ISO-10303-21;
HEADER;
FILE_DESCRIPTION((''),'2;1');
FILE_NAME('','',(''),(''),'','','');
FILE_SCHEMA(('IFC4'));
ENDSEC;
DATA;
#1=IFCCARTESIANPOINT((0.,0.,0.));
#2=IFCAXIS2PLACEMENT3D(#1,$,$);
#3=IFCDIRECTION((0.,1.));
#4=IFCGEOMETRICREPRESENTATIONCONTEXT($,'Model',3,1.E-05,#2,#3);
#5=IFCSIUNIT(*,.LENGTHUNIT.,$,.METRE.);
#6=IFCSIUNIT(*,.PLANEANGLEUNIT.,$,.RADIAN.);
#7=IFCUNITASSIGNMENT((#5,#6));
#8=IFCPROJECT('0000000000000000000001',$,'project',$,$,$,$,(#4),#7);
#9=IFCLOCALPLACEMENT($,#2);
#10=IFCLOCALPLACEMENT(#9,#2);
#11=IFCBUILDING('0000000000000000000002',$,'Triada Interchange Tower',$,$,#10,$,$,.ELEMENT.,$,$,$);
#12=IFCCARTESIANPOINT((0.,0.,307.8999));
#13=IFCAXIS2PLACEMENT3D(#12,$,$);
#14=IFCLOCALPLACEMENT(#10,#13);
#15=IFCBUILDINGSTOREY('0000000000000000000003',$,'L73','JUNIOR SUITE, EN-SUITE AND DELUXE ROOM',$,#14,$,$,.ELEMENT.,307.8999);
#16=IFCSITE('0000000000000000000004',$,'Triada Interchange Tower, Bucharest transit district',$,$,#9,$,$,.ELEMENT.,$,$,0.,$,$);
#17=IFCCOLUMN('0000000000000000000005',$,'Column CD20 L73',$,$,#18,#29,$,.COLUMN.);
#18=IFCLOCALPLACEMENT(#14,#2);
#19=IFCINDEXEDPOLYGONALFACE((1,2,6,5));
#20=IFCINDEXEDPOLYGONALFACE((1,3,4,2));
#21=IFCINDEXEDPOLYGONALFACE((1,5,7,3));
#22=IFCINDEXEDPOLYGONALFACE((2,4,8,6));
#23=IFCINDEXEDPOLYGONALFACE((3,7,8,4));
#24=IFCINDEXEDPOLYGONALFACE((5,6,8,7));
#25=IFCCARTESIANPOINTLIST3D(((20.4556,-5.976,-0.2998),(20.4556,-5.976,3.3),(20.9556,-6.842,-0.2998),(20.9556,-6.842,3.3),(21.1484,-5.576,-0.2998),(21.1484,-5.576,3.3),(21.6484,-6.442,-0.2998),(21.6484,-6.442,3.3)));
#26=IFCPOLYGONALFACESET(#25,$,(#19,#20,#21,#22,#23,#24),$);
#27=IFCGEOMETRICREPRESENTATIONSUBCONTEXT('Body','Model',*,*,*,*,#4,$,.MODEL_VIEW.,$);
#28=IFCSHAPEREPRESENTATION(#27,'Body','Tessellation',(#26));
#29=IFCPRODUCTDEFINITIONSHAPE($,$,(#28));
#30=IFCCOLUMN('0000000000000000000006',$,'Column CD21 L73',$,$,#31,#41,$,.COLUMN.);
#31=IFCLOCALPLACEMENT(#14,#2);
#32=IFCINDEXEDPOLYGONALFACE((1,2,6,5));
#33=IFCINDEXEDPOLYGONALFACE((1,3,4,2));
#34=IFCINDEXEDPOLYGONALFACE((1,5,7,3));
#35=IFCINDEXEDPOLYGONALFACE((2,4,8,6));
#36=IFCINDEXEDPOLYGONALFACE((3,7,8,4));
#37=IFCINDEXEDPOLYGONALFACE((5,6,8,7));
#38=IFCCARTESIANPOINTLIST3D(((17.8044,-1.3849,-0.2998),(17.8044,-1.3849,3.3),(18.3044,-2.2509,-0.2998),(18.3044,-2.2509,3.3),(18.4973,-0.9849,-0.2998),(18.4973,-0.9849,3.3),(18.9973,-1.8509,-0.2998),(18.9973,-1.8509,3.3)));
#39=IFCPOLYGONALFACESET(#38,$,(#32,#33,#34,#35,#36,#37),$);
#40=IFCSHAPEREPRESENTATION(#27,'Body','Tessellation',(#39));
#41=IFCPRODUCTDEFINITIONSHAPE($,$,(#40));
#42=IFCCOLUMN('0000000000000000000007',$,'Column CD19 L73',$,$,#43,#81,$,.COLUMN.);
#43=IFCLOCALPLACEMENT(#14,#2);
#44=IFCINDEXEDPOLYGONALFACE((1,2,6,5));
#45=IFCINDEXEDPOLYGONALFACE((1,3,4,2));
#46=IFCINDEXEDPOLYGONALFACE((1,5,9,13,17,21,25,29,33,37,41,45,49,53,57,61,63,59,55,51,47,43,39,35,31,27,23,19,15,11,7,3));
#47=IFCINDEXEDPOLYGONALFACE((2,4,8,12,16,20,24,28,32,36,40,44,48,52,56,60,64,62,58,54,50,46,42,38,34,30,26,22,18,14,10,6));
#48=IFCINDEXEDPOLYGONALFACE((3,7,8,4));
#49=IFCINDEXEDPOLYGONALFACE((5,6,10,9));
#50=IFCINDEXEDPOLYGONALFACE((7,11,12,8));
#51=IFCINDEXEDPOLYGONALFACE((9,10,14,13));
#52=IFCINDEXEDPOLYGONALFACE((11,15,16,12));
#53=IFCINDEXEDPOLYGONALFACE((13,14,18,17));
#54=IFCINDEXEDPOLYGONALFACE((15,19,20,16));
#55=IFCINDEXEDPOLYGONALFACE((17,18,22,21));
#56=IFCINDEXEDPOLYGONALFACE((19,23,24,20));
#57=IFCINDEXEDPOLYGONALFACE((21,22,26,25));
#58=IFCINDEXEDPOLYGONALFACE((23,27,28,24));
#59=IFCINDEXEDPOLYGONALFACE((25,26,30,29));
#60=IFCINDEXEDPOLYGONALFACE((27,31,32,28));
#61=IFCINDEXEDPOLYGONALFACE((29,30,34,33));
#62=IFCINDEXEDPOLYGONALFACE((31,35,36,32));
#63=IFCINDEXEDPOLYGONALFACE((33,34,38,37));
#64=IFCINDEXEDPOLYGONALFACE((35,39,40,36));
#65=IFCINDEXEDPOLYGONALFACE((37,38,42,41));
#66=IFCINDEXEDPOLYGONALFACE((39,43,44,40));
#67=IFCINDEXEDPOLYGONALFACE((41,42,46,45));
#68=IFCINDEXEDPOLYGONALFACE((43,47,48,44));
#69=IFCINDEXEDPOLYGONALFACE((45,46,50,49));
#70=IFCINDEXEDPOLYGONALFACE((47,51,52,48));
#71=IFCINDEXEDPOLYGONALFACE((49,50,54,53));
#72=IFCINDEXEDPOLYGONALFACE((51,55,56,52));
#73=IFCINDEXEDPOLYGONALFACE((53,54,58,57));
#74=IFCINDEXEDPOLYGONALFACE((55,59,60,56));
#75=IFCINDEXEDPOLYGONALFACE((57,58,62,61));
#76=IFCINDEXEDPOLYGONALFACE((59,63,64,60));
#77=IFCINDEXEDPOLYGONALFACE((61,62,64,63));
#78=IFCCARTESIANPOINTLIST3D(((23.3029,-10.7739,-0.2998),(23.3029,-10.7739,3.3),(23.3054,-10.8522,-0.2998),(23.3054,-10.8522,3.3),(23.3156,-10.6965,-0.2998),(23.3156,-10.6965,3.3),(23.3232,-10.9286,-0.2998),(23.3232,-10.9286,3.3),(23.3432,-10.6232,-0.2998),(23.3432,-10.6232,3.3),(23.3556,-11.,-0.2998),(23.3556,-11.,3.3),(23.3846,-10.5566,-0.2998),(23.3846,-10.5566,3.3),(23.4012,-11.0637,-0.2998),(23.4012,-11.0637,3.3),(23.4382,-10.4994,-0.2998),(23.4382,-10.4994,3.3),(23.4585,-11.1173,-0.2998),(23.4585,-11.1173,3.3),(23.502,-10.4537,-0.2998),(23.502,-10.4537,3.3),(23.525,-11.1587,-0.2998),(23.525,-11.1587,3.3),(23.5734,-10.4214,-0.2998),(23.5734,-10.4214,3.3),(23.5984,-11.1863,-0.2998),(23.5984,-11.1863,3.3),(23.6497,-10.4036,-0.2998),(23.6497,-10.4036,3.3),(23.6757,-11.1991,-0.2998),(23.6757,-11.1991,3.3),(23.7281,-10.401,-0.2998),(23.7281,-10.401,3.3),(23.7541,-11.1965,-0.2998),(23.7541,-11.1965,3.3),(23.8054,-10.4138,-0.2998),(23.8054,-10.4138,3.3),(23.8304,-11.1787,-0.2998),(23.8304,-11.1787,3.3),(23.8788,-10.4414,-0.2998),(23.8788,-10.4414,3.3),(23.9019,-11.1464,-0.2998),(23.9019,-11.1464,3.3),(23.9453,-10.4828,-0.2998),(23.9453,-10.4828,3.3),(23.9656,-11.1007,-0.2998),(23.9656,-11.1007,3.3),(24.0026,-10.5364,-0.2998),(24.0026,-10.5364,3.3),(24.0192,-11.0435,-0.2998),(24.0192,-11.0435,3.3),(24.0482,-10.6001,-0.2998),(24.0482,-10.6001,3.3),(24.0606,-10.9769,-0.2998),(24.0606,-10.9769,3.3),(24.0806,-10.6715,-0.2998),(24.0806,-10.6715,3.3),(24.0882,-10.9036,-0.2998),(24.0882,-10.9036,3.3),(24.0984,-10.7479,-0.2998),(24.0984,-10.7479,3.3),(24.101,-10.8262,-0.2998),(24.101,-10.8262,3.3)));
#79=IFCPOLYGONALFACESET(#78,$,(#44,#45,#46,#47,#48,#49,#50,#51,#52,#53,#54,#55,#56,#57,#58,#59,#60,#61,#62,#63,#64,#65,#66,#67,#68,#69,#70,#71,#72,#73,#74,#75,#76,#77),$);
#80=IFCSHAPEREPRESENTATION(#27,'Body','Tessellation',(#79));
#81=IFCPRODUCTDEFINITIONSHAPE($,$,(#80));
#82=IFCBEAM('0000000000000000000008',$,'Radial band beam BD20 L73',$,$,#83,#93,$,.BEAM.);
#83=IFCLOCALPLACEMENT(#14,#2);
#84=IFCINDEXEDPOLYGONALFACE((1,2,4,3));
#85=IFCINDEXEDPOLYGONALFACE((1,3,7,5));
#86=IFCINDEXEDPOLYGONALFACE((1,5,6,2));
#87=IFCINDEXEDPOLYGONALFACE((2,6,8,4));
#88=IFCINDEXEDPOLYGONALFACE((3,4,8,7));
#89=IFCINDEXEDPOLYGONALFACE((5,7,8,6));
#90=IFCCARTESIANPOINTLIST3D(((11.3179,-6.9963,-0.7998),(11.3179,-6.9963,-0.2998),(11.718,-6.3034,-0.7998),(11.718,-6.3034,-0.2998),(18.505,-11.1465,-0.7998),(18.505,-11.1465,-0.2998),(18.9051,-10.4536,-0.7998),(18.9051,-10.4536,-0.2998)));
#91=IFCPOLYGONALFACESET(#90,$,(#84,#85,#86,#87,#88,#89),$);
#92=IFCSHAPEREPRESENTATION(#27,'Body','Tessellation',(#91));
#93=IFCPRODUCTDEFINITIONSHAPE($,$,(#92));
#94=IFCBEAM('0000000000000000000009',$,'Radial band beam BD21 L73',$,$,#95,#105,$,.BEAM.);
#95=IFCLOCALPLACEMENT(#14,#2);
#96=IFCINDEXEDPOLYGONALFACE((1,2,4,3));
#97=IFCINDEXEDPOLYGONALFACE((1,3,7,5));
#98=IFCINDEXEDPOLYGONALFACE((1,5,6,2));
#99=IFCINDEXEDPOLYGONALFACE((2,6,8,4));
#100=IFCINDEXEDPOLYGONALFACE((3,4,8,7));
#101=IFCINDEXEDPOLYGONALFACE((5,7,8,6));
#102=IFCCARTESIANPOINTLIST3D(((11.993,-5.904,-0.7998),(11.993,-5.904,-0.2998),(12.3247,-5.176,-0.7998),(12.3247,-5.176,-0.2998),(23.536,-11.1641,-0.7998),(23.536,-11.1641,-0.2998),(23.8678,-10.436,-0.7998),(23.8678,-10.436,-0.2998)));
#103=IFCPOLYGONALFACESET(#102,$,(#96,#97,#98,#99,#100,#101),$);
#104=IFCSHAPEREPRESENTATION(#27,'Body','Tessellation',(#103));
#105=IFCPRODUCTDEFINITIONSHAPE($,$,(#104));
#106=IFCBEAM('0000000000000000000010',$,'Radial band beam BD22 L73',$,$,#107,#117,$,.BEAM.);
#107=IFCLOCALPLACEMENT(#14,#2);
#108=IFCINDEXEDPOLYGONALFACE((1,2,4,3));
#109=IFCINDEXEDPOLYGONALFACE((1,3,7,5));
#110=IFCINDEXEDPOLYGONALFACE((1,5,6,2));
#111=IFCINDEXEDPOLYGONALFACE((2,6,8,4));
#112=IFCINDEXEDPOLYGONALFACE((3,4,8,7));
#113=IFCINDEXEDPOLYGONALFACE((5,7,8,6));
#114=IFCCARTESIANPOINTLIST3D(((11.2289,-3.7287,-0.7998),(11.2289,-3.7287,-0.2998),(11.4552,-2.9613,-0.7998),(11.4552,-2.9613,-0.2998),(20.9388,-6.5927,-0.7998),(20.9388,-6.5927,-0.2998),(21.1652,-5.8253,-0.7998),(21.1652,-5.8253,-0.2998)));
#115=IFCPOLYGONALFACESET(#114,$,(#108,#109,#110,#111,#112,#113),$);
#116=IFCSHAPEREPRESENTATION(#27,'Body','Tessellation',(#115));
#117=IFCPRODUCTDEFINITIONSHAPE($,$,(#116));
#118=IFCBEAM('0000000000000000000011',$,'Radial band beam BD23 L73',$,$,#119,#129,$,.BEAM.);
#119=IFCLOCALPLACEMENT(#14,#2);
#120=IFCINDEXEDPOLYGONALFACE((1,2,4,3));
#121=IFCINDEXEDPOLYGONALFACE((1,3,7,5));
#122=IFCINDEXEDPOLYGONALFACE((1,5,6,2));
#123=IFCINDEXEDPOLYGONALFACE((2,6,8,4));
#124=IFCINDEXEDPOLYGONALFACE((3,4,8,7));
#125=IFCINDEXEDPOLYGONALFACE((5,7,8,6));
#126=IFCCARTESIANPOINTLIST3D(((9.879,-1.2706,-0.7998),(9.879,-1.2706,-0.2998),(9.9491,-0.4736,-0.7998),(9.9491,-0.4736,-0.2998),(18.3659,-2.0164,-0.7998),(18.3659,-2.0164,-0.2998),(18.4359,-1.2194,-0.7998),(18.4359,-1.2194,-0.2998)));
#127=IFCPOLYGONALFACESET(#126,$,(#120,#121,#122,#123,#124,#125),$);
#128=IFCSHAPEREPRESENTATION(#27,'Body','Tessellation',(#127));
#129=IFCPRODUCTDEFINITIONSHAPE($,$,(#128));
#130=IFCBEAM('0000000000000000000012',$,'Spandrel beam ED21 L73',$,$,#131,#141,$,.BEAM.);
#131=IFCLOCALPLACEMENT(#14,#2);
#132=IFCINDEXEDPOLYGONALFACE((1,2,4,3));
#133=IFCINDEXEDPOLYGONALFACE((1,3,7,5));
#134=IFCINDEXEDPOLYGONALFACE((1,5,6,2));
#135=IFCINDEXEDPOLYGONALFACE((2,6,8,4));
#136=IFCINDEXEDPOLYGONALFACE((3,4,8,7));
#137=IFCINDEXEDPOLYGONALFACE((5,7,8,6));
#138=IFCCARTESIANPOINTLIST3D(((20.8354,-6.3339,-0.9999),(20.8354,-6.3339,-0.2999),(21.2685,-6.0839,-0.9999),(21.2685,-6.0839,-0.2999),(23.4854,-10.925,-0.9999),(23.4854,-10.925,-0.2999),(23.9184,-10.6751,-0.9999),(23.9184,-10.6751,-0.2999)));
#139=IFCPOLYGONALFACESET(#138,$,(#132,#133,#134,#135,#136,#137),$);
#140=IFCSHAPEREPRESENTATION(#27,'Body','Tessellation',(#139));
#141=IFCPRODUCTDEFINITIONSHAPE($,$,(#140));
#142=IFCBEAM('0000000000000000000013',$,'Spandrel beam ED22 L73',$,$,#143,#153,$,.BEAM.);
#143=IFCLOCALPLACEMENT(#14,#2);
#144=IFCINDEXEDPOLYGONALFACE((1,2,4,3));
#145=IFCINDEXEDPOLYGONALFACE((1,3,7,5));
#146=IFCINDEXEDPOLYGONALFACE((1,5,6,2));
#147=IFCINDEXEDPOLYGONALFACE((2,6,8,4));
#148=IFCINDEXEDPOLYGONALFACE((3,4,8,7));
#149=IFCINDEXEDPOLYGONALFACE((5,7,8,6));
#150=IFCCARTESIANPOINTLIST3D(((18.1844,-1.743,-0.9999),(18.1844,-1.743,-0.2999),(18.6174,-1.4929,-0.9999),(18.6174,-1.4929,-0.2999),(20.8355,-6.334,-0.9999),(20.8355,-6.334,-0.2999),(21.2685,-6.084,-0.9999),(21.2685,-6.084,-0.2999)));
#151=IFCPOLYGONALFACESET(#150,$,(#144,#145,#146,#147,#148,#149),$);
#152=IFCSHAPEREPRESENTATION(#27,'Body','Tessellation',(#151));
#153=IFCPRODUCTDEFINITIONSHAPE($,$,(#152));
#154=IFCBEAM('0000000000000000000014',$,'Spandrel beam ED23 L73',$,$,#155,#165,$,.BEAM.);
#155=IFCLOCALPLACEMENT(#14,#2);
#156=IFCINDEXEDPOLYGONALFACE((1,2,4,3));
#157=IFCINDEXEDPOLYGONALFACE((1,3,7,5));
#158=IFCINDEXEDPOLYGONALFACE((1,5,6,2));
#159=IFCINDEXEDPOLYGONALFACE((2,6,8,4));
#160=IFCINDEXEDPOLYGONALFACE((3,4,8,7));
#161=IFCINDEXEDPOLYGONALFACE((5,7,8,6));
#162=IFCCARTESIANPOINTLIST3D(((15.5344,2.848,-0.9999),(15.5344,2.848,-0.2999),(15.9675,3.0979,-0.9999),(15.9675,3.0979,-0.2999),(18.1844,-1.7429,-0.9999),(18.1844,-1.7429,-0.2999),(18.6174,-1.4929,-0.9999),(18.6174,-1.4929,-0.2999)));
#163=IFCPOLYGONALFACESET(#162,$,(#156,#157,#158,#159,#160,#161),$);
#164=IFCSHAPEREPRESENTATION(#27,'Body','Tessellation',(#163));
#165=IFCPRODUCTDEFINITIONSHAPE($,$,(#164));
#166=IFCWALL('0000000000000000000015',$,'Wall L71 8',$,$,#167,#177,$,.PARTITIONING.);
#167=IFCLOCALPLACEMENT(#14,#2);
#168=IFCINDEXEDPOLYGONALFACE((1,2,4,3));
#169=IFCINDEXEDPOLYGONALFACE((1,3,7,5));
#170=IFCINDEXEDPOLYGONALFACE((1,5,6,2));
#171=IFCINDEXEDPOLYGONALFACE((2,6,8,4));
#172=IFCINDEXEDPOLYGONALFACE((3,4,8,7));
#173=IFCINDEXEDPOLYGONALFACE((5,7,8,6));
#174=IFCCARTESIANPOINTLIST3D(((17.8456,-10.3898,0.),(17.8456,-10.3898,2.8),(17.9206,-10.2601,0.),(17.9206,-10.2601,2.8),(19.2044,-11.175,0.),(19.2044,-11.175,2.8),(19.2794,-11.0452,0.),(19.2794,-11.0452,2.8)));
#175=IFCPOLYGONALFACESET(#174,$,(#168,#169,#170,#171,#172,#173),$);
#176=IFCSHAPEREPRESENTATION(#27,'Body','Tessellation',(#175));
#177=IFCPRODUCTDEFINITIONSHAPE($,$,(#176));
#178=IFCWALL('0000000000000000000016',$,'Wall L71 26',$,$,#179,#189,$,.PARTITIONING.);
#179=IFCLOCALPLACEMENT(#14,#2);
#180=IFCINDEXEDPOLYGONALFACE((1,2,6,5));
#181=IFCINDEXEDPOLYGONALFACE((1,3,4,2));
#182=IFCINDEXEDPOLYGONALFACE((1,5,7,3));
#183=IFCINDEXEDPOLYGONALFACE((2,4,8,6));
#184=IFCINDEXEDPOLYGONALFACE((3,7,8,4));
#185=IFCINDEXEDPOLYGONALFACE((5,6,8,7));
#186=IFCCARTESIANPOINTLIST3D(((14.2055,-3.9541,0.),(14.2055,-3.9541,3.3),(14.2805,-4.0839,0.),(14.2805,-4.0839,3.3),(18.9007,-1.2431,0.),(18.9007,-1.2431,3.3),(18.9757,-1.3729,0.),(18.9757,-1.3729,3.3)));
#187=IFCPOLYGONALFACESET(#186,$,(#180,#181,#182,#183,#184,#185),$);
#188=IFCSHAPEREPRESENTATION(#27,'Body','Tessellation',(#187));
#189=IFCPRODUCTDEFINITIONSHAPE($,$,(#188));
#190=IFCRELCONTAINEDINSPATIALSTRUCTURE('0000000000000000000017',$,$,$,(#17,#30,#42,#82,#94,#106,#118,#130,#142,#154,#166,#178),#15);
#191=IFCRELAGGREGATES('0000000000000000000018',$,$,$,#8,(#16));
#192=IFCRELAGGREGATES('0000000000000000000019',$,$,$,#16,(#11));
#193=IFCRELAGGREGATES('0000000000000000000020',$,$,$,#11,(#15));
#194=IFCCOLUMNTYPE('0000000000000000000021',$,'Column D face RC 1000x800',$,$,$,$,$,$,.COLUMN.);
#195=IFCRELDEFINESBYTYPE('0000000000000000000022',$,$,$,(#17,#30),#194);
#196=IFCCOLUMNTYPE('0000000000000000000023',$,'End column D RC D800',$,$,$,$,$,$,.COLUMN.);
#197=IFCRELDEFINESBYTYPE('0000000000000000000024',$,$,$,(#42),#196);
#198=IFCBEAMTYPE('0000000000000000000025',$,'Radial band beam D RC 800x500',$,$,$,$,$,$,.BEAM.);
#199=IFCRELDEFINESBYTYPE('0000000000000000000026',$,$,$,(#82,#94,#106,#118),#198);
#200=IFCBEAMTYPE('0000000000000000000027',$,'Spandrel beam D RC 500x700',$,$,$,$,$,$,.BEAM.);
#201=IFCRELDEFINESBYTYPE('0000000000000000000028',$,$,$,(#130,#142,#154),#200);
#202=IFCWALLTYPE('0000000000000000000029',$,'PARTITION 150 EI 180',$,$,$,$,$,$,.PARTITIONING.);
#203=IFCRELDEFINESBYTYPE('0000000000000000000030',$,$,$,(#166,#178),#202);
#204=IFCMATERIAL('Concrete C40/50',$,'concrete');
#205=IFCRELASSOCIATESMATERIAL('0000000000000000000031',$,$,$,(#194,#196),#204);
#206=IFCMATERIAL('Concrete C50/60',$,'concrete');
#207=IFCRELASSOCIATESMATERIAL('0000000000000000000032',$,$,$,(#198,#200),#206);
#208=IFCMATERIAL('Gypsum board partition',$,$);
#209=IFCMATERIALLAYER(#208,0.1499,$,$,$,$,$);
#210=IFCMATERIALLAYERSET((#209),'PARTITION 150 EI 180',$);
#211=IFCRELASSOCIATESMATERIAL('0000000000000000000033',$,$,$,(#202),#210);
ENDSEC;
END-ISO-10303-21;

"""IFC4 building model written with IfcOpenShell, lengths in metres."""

from ifc_helpers import new_model, si_unit, direction, frame, frame_2d, origin, origin_2d, place, context, subcontext, project, spatial, rectangle, circle, extrude, material, layer, layer_set, material_profile, profile_set, type_object, element, save


model = new_model("IFC4")

# Units and contexts
model_context = context("Model", 3, precision=1e-05, world=origin(), true_north=direction((0.0, 1.0)))
body_context = subcontext(model_context, "Body", "Model", "MODEL_VIEW")
ifc_project = project(units=[si_unit("LENGTHUNIT", "METRE"), si_unit("PLANEANGLEUNIT", "RADIAN")], contexts=[model_context])

# Site, building, storey
site_placement = place(None, origin())
site = spatial("IfcSite", under=ifc_project, at=site_placement, Name="Triada Interchange Tower, Bucharest transit district", CompositionType="ELEMENT", RefElevation=0.0)
building_placement = place(site_placement, origin())
building = spatial("IfcBuilding", under=site, at=building_placement, Name="Triada Interchange Tower", CompositionType="ELEMENT")
storey_placement = place(building_placement, frame((0.0, 0.0, 307.8999)))
storey = spatial("IfcBuildingStorey", under=building, at=storey_placement, Name="L73", Description="JUNIOR SUITE, EN-SUITE AND DELUXE ROOM", CompositionType="ELEMENT", Elevation=307.8999)

# Columns
ifc_material_1 = material(Name="Concrete C40/50", Category="concrete")
ifc_material_profile_1 = material_profile(ifc_material_1, rectangle(XDim=1.0, YDim=0.8, at=origin_2d()), Name="RC 1000x800")
ifc_profile_set_1 = profile_set([ifc_material_profile_1], Name="Concrete C40/50")
column_type_1 = type_object("IfcColumnType", Name="Column D face RC 1000x800", PredefinedType="COLUMN", material=ifc_profile_set_1)
for number, where, z_axis, x_axis, name in (
    (1, (21.052, -6.209, -0.2998), (0.0, 0.0, 1.0), (-0.5, 0.866025, 0.0), "Column CD20 L73"),
    (2, (18.4009, -1.6179, -0.2998), (0.0, 0.0, 1.0), (-0.5, 0.866025, 0.0), "Column CD21 L73"),
):
    element("IfcColumn", number, at=place(storey_placement, frame(where, z_axis=z_axis, x_axis=x_axis)), inside=storey, type_object=column_type_1, Name=name, PredefinedType="COLUMN", context=body_context, shape_type="SweptSolid", body=[
        extrude(rectangle(XDim=1.0, YDim=0.8, at=origin_2d()), origin(), (0.0, 0.0, 1.0), 3.5999),
    ])
ifc_material_profile_2 = material_profile(ifc_material_1, circle(Radius=0.3999, at=origin_2d()), Name="RC D800")
ifc_profile_set_2 = profile_set([ifc_material_profile_2], Name="Concrete C40/50")
column_type_2 = type_object("IfcColumnType", Name="End column D RC D800", PredefinedType="COLUMN", material=ifc_profile_set_2)
column_placement = place(storey_placement, frame((23.7019, -10.8, -0.2998), z_axis=(0.0, 0.0, 1.0), x_axis=(-0.5, 0.866025, 0.0)))
element("IfcColumn", 3, at=column_placement, inside=storey, type_object=column_type_2, Name="Column CD19 L73", PredefinedType="COLUMN", context=body_context, shape_type="SweptSolid", body=[
    extrude(circle(Radius=0.3999, at=origin_2d()), origin(), (0.0, 0.0, 1.0), 3.5999),
])

# Beams
ifc_material_2 = material(Name="Concrete C50/60", Category="concrete")
ifc_material_profile_3 = material_profile(ifc_material_2, rectangle(XDim=0.8, YDim=0.5, at=origin_2d()), Name="RC 800x500")
ifc_profile_set_3 = profile_set([ifc_material_profile_3], Name="Concrete C50/60")
beam_type_1 = type_object("IfcBeamType", Name="Radial band beam D RC 800x500", PredefinedType="BEAM", material=ifc_profile_set_3)
beam_1_placement = place(storey_placement, frame((18.7051, -10.8, -0.5498), z_axis=(-0.865988, 0.500065, 0.0), x_axis=(-0.500065, -0.865988, 0.0)))
element("IfcBeam", 4, at=beam_1_placement, inside=storey, type_object=beam_type_1, Name="Radial band beam BD20 L73", PredefinedType="BEAM", context=body_context, shape_type="SweptSolid", body=[
    extrude(rectangle(XDim=0.8, YDim=0.5, at=origin_2d()), origin(), (0.0, 0.0, 1.0), 8.2993),
])
beam_2_placement = place(storey_placement, frame((23.7019, -10.8, -0.5498), z_axis=(-0.909974, 0.414666, 0.0), x_axis=(-0.414666, -0.909974, 0.0)))
element("IfcBeam", 5, at=beam_2_placement, inside=storey, type_object=beam_type_1, Name="Radial band beam BD21 L73", PredefinedType="BEAM", context=body_context, shape_type="SweptSolid", body=[
    extrude(rectangle(XDim=0.8, YDim=0.5, at=origin_2d()), origin(), (0.0, 0.0, 1.0), 12.6851),
])
beam_3_placement = place(storey_placement, frame((21.052, -6.209, -0.5498), z_axis=(-0.959147, 0.282907, 0.0), x_axis=(-0.282907, -0.959147, 0.0)))
element("IfcBeam", 6, at=beam_3_placement, inside=storey, type_object=beam_type_1, Name="Radial band beam BD22 L73", PredefinedType="BEAM", context=body_context, shape_type="SweptSolid", body=[
    extrude(rectangle(XDim=0.8, YDim=0.5, at=origin_2d()), origin(), (0.0, 0.0, 1.0), 10.1235),
])
beam_4_placement = place(storey_placement, frame((18.4009, -1.6179, -0.5498), z_axis=(-0.99616, 0.087546, 0.0), x_axis=(-0.087546, -0.99616, 0.0)))
element("IfcBeam", 7, at=beam_4_placement, inside=storey, type_object=beam_type_1, Name="Radial band beam BD23 L73", PredefinedType="BEAM", context=body_context, shape_type="SweptSolid", body=[
    extrude(rectangle(XDim=0.8, YDim=0.5, at=origin_2d()), origin(), (0.0, 0.0, 1.0), 8.5195),
])
ifc_material_profile_4 = material_profile(ifc_material_2, rectangle(XDim=0.5, YDim=0.7, at=origin_2d()), Name="RC 500x700")
ifc_profile_set_4 = profile_set([ifc_material_profile_4], Name="Concrete C50/60")
beam_type_2 = type_object("IfcBeamType", Name="Spandrel beam D RC 500x700", PredefinedType="BEAM", material=ifc_profile_set_4)
beam_5_placement = place(storey_placement, frame((23.7019, -10.8, -0.6499), z_axis=(-0.499894, 0.866087, 0.0), x_axis=(-0.866087, -0.499894, 0.0)))
element("IfcBeam", 8, at=beam_5_placement, inside=storey, type_object=beam_type_2, Name="Spandrel beam ED21 L73", PredefinedType="BEAM", context=body_context, shape_type="SweptSolid", body=[
    extrude(rectangle(XDim=0.5, YDim=0.7, at=origin_2d()), origin(), (0.0, 0.0, 1.0), 5.301),
])
beam_6_placement = place(storey_placement, frame((21.052, -6.209, -0.6499), z_axis=(-0.500067, 0.865987, 0.0), x_axis=(-0.865987, -0.500067, 0.0)))
element("IfcBeam", 9, at=beam_6_placement, inside=storey, type_object=beam_type_2, Name="Spandrel beam ED22 L73", PredefinedType="BEAM", context=body_context, shape_type="SweptSolid", body=[
    extrude(rectangle(XDim=0.5, YDim=0.7, at=origin_2d()), origin(), (0.0, 0.0, 1.0), 5.3015),
])
beam_7_placement = place(storey_placement, frame((18.4009, -1.6179, -0.6499), z_axis=(-0.499914, 0.866075, 0.0), x_axis=(-0.866075, -0.499914, 0.0)))
element("IfcBeam", 10, at=beam_7_placement, inside=storey, type_object=beam_type_2, Name="Spandrel beam ED23 L73", PredefinedType="BEAM", context=body_context, shape_type="SweptSolid", body=[
    extrude(rectangle(XDim=0.5, YDim=0.7, at=origin_2d()), origin(), (0.0, 0.0, 1.0), 5.3008),
])

# Walls
ifc_material_3 = material(Name="Gypsum board partition")
ifc_layer_1 = layer(ifc_material_3, 0.1499)
ifc_layer_set_1 = layer_set([ifc_layer_1], Name="PARTITION 150 EI 180")
wall_type_1 = type_object("IfcWallType", Name="PARTITION 150 EI 180", PredefinedType="PARTITIONING", material=ifc_layer_set_1)
wall_1_placement = place(storey_placement, frame((17.8831, -10.325, 0.0), z_axis=(0.0, 0.0, 1.0), x_axis=(0.865859, -0.500288, 0.0)))
element("IfcWall", 11, at=wall_1_placement, inside=storey, type_object=wall_type_1, Name="Wall L71 8", PredefinedType="PARTITIONING", context=body_context, shape_type="SweptSolid", body=[
    extrude(rectangle(XDim=1.5693, YDim=0.1499, at=frame_2d((0.7847, 0.0))), origin(), (0.0, 0.0, 1.0), 2.8),
])
wall_2_placement = place(storey_placement, frame((14.2429, -4.019, 0.0), z_axis=(0.0, 0.0, 1.0), x_axis=(0.866006, 0.500033, 0.0)))
element("IfcWall", 12, at=wall_2_placement, inside=storey, type_object=wall_type_1, Name="Wall L71 26", PredefinedType="PARTITIONING", context=body_context, shape_type="SweptSolid", body=[
    extrude(rectangle(XDim=5.4216, YDim=0.1499, at=frame_2d((2.7109, 0.0))), origin(), (0.0, 0.0, 1.0), 3.3),
])

save(model, "model.ifc")
